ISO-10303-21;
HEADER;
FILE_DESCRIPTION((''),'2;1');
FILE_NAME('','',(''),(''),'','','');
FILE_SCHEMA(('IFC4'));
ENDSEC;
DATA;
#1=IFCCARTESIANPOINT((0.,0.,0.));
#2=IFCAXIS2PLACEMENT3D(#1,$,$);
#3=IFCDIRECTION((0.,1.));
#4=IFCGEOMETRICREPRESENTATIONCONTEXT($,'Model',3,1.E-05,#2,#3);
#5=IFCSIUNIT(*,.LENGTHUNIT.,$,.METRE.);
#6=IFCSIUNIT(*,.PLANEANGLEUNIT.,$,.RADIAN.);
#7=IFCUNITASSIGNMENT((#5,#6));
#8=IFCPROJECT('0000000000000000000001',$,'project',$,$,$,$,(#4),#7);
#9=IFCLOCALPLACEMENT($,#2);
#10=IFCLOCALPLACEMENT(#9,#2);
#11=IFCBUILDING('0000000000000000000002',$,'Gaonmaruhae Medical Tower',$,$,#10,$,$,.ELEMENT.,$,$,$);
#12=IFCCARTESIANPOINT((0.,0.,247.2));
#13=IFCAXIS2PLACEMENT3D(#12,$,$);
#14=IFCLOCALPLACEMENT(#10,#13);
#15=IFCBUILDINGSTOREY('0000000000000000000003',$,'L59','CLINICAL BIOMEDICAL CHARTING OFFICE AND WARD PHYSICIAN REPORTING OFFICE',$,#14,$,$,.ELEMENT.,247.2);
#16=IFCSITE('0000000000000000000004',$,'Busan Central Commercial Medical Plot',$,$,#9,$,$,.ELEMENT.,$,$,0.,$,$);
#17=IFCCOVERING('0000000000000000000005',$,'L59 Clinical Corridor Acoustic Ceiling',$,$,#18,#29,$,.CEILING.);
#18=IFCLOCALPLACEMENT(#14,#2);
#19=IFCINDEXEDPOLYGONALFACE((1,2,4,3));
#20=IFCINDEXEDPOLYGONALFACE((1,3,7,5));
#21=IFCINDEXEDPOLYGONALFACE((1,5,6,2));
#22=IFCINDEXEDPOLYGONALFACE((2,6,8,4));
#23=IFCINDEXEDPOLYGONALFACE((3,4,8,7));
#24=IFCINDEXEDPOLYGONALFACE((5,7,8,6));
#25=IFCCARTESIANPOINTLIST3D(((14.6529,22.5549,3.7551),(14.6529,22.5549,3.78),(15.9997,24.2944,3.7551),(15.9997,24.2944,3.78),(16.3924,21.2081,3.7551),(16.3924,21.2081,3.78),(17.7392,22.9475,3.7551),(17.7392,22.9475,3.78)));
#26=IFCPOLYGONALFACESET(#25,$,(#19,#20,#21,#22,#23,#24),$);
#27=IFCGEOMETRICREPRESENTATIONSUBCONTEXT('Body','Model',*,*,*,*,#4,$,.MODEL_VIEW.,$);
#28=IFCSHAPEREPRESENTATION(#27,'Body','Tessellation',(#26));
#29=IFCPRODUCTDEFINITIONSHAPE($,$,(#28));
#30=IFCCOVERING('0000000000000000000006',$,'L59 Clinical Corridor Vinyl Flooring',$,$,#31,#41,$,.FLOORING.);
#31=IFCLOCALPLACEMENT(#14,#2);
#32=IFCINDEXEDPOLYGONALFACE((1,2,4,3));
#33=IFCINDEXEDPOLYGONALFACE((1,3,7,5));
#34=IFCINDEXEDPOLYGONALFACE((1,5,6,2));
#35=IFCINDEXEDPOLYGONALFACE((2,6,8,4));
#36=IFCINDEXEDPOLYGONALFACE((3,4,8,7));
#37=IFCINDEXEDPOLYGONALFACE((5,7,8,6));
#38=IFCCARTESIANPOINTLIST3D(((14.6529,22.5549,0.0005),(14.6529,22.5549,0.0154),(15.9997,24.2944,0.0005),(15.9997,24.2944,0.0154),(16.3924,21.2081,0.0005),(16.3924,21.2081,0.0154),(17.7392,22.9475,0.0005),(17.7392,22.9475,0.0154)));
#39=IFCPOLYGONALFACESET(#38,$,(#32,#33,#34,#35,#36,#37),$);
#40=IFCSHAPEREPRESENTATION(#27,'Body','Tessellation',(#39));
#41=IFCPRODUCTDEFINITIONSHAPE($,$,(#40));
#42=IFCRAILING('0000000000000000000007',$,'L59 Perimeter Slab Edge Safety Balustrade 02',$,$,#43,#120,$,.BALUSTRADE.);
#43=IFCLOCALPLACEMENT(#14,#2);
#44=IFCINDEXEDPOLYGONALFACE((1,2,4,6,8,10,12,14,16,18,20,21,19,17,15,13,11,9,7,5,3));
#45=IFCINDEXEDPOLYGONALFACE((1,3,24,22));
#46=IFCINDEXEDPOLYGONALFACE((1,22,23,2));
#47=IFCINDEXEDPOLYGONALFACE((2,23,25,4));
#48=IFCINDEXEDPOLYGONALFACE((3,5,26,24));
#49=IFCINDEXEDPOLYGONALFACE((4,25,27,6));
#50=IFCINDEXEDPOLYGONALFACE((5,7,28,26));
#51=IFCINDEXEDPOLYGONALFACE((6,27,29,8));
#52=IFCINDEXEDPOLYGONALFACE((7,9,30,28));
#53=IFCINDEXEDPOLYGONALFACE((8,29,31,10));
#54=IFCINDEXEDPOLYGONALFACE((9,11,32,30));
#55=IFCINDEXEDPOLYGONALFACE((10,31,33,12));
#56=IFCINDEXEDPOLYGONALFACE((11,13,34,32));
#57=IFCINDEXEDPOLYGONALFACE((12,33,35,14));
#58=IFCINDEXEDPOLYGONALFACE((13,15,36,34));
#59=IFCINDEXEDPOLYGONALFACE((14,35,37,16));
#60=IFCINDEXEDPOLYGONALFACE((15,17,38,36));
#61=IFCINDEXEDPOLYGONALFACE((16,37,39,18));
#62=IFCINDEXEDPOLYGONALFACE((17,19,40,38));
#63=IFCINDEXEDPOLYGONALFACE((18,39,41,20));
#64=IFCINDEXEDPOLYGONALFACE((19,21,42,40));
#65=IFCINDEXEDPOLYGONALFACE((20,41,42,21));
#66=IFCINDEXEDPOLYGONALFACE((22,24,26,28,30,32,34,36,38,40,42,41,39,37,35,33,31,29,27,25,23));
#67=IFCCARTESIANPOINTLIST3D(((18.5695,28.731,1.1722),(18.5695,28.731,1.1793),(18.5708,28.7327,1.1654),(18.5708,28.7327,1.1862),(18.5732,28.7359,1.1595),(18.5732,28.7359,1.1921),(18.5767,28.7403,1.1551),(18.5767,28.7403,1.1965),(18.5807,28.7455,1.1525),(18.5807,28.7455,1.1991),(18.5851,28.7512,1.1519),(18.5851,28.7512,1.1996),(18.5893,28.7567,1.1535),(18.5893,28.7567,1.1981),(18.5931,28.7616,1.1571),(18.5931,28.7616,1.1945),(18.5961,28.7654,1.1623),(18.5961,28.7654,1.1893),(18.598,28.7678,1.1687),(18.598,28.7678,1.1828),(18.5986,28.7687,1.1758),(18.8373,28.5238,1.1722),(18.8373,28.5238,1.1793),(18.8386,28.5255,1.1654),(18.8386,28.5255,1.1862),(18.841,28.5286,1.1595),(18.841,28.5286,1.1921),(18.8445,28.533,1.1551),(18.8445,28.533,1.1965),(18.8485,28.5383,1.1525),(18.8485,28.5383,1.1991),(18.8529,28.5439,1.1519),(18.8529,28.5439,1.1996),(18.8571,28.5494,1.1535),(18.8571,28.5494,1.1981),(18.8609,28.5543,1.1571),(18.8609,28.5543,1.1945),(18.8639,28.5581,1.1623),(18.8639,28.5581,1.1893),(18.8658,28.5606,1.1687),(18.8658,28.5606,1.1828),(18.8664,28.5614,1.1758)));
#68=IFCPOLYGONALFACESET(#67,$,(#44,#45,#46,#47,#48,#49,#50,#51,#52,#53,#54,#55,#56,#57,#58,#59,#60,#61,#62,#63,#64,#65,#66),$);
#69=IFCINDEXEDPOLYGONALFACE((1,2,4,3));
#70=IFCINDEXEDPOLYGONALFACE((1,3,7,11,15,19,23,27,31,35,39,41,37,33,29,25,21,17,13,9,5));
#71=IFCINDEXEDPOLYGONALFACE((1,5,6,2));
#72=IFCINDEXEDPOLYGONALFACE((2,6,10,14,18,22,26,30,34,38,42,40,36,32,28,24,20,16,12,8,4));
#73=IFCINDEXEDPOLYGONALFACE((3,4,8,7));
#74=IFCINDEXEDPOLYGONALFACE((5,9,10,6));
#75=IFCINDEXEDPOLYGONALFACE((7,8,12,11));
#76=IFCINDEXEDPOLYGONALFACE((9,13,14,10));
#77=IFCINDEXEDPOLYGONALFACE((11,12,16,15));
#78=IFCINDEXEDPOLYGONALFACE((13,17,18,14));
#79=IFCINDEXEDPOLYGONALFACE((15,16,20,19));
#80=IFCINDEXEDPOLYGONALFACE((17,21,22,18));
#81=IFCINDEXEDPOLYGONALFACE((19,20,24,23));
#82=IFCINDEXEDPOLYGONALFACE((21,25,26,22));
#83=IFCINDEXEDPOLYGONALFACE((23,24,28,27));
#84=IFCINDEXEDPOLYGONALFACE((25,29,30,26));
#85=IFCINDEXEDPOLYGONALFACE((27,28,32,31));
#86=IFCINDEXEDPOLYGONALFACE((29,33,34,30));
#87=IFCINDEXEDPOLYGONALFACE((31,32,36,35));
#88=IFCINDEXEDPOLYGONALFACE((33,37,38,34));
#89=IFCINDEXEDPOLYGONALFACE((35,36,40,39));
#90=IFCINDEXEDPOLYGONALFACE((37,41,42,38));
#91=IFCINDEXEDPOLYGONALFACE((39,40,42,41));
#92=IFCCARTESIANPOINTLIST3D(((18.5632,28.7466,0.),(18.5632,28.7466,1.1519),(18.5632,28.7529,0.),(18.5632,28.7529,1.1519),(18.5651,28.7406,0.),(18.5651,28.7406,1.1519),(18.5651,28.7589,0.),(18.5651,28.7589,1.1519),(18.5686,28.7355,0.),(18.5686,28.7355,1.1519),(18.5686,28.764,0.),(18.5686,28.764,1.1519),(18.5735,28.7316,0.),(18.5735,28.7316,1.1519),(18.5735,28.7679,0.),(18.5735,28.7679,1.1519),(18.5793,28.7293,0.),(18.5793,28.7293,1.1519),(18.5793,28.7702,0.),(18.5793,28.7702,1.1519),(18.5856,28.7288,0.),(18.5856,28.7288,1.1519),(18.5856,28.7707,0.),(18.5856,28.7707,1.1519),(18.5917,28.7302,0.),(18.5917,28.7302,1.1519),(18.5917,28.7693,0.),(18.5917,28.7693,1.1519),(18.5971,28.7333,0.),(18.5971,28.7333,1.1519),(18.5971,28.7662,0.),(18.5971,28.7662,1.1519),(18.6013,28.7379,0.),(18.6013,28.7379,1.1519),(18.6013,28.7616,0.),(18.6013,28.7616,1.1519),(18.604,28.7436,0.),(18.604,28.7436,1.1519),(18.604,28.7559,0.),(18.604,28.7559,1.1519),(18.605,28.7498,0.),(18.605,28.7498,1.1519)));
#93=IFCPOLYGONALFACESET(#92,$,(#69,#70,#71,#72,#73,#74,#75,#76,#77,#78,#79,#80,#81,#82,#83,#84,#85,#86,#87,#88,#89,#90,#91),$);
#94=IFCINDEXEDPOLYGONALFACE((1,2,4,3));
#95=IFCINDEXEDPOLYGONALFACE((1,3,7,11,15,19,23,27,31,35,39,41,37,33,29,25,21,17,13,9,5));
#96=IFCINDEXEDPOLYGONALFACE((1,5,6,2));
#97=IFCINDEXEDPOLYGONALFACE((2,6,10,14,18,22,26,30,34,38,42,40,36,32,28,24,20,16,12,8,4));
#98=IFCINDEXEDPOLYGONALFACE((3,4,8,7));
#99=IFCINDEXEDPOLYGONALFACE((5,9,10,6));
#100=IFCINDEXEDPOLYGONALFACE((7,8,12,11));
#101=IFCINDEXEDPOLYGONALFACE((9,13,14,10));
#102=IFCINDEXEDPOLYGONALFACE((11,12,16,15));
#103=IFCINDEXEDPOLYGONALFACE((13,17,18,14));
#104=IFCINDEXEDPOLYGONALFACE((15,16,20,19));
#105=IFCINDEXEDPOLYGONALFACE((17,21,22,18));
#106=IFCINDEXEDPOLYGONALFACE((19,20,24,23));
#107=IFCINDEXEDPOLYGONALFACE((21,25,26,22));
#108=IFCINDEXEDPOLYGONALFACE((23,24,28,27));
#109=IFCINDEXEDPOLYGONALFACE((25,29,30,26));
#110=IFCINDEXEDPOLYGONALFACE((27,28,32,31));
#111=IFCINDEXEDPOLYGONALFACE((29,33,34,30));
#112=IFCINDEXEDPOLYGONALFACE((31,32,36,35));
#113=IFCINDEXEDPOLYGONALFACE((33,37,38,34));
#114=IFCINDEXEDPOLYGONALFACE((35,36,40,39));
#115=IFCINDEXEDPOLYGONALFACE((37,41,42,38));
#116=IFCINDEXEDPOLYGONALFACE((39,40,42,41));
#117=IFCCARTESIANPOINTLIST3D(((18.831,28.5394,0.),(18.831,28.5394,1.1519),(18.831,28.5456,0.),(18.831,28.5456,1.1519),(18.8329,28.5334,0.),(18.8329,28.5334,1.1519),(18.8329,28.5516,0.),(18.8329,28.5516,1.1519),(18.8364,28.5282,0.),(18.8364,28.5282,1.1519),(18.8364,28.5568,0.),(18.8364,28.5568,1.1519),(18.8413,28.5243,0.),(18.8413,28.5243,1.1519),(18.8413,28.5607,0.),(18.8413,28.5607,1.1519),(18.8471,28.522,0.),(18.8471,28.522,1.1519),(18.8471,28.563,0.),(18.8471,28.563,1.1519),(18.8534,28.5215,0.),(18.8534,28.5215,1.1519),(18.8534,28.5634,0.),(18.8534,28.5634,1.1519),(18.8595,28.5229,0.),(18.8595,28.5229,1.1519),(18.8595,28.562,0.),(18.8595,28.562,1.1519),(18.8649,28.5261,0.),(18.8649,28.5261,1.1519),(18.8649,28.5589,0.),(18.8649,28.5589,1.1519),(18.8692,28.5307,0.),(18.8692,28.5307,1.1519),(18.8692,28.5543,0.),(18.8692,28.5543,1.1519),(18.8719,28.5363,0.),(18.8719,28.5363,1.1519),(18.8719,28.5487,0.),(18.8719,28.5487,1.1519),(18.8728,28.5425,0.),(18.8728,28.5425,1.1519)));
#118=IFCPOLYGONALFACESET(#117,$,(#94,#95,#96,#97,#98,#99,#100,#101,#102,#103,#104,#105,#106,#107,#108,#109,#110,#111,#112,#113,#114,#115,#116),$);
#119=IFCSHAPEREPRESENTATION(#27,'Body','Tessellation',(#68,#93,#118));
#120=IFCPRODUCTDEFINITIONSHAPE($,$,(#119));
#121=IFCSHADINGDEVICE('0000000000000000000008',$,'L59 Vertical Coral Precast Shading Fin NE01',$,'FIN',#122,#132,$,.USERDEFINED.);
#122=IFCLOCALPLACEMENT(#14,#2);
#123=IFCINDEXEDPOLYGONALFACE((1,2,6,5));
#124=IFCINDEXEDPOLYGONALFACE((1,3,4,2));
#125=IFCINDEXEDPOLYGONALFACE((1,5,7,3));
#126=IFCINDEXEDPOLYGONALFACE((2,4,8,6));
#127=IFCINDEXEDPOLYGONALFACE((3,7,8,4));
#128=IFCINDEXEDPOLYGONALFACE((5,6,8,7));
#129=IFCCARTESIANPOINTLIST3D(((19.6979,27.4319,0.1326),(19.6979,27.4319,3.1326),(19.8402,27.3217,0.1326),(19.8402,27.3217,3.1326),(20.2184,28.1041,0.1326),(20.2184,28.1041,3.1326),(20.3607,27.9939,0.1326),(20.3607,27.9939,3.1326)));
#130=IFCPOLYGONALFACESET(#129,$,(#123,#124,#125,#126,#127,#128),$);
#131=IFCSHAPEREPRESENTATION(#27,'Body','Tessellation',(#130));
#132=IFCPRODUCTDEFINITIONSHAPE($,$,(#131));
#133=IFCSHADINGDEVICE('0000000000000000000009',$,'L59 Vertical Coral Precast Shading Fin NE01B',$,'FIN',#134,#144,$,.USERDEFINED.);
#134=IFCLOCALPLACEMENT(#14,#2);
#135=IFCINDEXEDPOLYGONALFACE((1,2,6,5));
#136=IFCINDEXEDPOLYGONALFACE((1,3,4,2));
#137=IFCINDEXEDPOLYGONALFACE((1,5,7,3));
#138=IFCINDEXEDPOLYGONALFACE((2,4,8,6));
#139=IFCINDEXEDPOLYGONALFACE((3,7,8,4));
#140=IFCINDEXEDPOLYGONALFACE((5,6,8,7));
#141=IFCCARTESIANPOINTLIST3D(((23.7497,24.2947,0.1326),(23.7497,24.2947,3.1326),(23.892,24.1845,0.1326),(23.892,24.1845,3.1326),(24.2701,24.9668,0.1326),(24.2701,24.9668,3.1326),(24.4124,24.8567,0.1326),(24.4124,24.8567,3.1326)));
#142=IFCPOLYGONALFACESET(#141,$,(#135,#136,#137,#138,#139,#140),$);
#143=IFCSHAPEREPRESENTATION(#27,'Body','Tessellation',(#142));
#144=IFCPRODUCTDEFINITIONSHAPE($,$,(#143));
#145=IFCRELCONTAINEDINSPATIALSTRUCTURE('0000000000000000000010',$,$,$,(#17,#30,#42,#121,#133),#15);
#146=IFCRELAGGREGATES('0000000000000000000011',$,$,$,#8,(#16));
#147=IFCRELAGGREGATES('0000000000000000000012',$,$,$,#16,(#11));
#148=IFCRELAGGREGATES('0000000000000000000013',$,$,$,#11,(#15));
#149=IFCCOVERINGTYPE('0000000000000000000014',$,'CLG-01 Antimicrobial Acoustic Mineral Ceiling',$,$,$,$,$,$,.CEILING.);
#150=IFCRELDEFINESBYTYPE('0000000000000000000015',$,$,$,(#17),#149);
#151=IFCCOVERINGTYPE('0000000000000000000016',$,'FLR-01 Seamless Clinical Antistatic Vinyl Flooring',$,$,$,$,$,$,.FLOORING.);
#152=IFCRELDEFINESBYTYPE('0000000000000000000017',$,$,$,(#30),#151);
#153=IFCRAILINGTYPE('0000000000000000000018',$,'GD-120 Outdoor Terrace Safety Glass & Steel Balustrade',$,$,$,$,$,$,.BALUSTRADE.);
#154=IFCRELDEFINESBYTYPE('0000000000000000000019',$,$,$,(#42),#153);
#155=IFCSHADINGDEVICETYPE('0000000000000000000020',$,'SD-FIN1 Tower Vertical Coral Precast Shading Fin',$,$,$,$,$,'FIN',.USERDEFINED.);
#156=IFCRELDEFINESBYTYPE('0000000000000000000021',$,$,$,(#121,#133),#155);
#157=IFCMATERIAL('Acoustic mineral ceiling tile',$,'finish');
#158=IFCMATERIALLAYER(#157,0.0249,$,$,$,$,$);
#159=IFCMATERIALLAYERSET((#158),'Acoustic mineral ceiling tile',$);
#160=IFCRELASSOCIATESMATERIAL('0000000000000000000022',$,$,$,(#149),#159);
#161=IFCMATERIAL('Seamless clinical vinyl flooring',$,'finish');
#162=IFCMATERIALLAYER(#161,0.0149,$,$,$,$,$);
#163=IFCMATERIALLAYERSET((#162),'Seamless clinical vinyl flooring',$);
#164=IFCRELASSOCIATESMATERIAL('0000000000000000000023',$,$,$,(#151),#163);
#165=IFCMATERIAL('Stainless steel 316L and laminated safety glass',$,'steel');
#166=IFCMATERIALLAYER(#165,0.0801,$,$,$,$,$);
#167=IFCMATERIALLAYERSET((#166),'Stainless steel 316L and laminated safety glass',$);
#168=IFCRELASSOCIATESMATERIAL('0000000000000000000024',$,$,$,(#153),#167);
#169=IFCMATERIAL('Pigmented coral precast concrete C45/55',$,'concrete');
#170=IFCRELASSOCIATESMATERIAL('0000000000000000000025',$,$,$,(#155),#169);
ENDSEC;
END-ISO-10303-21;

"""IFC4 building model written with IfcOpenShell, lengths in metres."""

from ifc_helpers import new_model, si_unit, direction, frame, origin, origin_2d, place, context, subcontext, project, spatial, rectangle, circle, extrude, material, layer, layer_set, type_object, element, save


model = new_model("IFC4")

# Units and contexts
model_context = context("Model", 3, precision=1e-05, world=origin(), true_north=direction((0.0, 1.0)))
body_context = subcontext(model_context, "Body", "Model", "MODEL_VIEW")
ifc_project = project(units=[si_unit("LENGTHUNIT", "METRE"), si_unit("PLANEANGLEUNIT", "RADIAN")], contexts=[model_context])

# Site, building, storey
site_placement = place(None, origin())
site = spatial("IfcSite", under=ifc_project, at=site_placement, Name="Busan Central Commercial Medical Plot", CompositionType="ELEMENT", RefElevation=0.0)
building_placement = place(site_placement, origin())
building = spatial("IfcBuilding", under=site, at=building_placement, Name="Gaonmaruhae Medical Tower", CompositionType="ELEMENT")
storey_placement = place(building_placement, frame((0.0, 0.0, 247.2)))
storey = spatial("IfcBuildingStorey", under=building, at=storey_placement, Name="L59", Description="CLINICAL BIOMEDICAL CHARTING OFFICE AND WARD PHYSICIAN REPORTING OFFICE", CompositionType="ELEMENT", Elevation=247.2)

# Coverings
ifc_material_1 = material(Name="Acoustic mineral ceiling tile", Category="finish")
ifc_layer_1 = layer(ifc_material_1, 0.0249)
ifc_layer_set_1 = layer_set([ifc_layer_1], Name="Acoustic mineral ceiling tile")
covering_type_1 = type_object("IfcCoveringType", Name="CLG-01 Antimicrobial Acoustic Mineral Ceiling", PredefinedType="CEILING", material=ifc_layer_set_1)
covering_1_placement = place(storey_placement, frame((16.196, 22.7512, 3.7551), z_axis=(0.0, 0.0, 1.0), x_axis=(0.612217, 0.79069, 0.0)))
element("IfcCovering", 1, at=covering_1_placement, inside=storey, type_object=covering_type_1, Name="L59 Clinical Corridor Acoustic Ceiling", PredefinedType="CEILING", context=body_context, shape_type="SweptSolid", body=[
    extrude(rectangle(XDim=2.2, YDim=2.2, at=origin_2d()), origin(), (0.0, 0.0, 1.0), 0.0249),
])
ifc_material_2 = material(Name="Seamless clinical vinyl flooring", Category="finish")
ifc_layer_2 = layer(ifc_material_2, 0.0149)
ifc_layer_set_2 = layer_set([ifc_layer_2], Name="Seamless clinical vinyl flooring")
covering_type_2 = type_object("IfcCoveringType", Name="FLR-01 Seamless Clinical Antistatic Vinyl Flooring", PredefinedType="FLOORING", material=ifc_layer_set_2)
covering_2_placement = place(storey_placement, frame((16.196, 22.7512, 0.0005), z_axis=(0.0, 0.0, 1.0), x_axis=(0.612217, 0.79069, 0.0)))
element("IfcCovering", 2, at=covering_2_placement, inside=storey, type_object=covering_type_2, Name="L59 Clinical Corridor Vinyl Flooring", PredefinedType="FLOORING", context=body_context, shape_type="SweptSolid", body=[
    extrude(rectangle(XDim=2.2, YDim=2.2, at=origin_2d()), origin(), (0.0, 0.0, 1.0), 0.0149),
])

# Railing
ifc_material_3 = material(Name="Stainless steel 316L and laminated safety glass", Category="steel")
ifc_layer_3 = layer(ifc_material_3, 0.0801)
ifc_layer_set_3 = layer_set([ifc_layer_3], Name="Stainless steel 316L and laminated safety glass")
railing_type = type_object("IfcRailingType", Name="GD-120 Outdoor Terrace Safety Glass & Steel Balustrade", PredefinedType="BALUSTRADE", material=ifc_layer_set_3)
railing_placement = place(storey_placement, frame((18.584, 28.7498, 0.0)))
element("IfcRailing", 3, at=railing_placement, inside=storey, type_object=railing_type, Name="L59 Perimeter Slab Edge Safety Balustrade 02", PredefinedType="BALUSTRADE", context=body_context, shape_type="SweptSolid", body=[
    extrude(circle(Radius=0.0239, at=origin_2d()), frame((0.0, 0.0, 1.1758), z_axis=(0.790825, -0.612042, 0.0), x_axis=(0.612042, 0.790825, 0.0)), (0.0, 0.0, 1.0), 0.3386),
    extrude(circle(Radius=0.021, at=origin_2d()), origin(), (0.0, 0.0, 1.0), 1.1519),
    extrude(circle(Radius=0.021, at=origin_2d()), frame((0.2678, -0.2073, 0.0)), (0.0, 0.0, 1.0), 1.1519),
])

# Shading devices
ifc_material_4 = material(Name="Pigmented coral precast concrete C45/55", Category="concrete")
shading_device_type = type_object("IfcShadingDeviceType", Name="SD-FIN1 Tower Vertical Coral Precast Shading Fin", ElementType="FIN", PredefinedType="USERDEFINED", material=ifc_material_4)
for number, where, z_axis, x_axis, name in (
    (4, (20.0293, 27.7129, 0.1326), (0.0, 0.0, 1.0), (0.79069, -0.612217, 0.0), "L59 Vertical Coral Precast Shading Fin NE01"),
    (5, (24.0811, 24.5757, 0.1326), (0.0, 0.0, 1.0), (0.79069, -0.612217, 0.0), "L59 Vertical Coral Precast Shading Fin NE01B"),
):
    element("IfcShadingDevice", number, at=place(storey_placement, frame(where, z_axis=z_axis, x_axis=x_axis)), inside=storey, type_object=shading_device_type, Name=name, ObjectType="FIN", PredefinedType="USERDEFINED", context=body_context, shape_type="SweptSolid", body=[
        extrude(rectangle(XDim=0.1799, YDim=0.8501, at=origin_2d()), origin(), (0.0, 0.0, 1.0), 3.0),
    ])

save(model, "model.ifc")
